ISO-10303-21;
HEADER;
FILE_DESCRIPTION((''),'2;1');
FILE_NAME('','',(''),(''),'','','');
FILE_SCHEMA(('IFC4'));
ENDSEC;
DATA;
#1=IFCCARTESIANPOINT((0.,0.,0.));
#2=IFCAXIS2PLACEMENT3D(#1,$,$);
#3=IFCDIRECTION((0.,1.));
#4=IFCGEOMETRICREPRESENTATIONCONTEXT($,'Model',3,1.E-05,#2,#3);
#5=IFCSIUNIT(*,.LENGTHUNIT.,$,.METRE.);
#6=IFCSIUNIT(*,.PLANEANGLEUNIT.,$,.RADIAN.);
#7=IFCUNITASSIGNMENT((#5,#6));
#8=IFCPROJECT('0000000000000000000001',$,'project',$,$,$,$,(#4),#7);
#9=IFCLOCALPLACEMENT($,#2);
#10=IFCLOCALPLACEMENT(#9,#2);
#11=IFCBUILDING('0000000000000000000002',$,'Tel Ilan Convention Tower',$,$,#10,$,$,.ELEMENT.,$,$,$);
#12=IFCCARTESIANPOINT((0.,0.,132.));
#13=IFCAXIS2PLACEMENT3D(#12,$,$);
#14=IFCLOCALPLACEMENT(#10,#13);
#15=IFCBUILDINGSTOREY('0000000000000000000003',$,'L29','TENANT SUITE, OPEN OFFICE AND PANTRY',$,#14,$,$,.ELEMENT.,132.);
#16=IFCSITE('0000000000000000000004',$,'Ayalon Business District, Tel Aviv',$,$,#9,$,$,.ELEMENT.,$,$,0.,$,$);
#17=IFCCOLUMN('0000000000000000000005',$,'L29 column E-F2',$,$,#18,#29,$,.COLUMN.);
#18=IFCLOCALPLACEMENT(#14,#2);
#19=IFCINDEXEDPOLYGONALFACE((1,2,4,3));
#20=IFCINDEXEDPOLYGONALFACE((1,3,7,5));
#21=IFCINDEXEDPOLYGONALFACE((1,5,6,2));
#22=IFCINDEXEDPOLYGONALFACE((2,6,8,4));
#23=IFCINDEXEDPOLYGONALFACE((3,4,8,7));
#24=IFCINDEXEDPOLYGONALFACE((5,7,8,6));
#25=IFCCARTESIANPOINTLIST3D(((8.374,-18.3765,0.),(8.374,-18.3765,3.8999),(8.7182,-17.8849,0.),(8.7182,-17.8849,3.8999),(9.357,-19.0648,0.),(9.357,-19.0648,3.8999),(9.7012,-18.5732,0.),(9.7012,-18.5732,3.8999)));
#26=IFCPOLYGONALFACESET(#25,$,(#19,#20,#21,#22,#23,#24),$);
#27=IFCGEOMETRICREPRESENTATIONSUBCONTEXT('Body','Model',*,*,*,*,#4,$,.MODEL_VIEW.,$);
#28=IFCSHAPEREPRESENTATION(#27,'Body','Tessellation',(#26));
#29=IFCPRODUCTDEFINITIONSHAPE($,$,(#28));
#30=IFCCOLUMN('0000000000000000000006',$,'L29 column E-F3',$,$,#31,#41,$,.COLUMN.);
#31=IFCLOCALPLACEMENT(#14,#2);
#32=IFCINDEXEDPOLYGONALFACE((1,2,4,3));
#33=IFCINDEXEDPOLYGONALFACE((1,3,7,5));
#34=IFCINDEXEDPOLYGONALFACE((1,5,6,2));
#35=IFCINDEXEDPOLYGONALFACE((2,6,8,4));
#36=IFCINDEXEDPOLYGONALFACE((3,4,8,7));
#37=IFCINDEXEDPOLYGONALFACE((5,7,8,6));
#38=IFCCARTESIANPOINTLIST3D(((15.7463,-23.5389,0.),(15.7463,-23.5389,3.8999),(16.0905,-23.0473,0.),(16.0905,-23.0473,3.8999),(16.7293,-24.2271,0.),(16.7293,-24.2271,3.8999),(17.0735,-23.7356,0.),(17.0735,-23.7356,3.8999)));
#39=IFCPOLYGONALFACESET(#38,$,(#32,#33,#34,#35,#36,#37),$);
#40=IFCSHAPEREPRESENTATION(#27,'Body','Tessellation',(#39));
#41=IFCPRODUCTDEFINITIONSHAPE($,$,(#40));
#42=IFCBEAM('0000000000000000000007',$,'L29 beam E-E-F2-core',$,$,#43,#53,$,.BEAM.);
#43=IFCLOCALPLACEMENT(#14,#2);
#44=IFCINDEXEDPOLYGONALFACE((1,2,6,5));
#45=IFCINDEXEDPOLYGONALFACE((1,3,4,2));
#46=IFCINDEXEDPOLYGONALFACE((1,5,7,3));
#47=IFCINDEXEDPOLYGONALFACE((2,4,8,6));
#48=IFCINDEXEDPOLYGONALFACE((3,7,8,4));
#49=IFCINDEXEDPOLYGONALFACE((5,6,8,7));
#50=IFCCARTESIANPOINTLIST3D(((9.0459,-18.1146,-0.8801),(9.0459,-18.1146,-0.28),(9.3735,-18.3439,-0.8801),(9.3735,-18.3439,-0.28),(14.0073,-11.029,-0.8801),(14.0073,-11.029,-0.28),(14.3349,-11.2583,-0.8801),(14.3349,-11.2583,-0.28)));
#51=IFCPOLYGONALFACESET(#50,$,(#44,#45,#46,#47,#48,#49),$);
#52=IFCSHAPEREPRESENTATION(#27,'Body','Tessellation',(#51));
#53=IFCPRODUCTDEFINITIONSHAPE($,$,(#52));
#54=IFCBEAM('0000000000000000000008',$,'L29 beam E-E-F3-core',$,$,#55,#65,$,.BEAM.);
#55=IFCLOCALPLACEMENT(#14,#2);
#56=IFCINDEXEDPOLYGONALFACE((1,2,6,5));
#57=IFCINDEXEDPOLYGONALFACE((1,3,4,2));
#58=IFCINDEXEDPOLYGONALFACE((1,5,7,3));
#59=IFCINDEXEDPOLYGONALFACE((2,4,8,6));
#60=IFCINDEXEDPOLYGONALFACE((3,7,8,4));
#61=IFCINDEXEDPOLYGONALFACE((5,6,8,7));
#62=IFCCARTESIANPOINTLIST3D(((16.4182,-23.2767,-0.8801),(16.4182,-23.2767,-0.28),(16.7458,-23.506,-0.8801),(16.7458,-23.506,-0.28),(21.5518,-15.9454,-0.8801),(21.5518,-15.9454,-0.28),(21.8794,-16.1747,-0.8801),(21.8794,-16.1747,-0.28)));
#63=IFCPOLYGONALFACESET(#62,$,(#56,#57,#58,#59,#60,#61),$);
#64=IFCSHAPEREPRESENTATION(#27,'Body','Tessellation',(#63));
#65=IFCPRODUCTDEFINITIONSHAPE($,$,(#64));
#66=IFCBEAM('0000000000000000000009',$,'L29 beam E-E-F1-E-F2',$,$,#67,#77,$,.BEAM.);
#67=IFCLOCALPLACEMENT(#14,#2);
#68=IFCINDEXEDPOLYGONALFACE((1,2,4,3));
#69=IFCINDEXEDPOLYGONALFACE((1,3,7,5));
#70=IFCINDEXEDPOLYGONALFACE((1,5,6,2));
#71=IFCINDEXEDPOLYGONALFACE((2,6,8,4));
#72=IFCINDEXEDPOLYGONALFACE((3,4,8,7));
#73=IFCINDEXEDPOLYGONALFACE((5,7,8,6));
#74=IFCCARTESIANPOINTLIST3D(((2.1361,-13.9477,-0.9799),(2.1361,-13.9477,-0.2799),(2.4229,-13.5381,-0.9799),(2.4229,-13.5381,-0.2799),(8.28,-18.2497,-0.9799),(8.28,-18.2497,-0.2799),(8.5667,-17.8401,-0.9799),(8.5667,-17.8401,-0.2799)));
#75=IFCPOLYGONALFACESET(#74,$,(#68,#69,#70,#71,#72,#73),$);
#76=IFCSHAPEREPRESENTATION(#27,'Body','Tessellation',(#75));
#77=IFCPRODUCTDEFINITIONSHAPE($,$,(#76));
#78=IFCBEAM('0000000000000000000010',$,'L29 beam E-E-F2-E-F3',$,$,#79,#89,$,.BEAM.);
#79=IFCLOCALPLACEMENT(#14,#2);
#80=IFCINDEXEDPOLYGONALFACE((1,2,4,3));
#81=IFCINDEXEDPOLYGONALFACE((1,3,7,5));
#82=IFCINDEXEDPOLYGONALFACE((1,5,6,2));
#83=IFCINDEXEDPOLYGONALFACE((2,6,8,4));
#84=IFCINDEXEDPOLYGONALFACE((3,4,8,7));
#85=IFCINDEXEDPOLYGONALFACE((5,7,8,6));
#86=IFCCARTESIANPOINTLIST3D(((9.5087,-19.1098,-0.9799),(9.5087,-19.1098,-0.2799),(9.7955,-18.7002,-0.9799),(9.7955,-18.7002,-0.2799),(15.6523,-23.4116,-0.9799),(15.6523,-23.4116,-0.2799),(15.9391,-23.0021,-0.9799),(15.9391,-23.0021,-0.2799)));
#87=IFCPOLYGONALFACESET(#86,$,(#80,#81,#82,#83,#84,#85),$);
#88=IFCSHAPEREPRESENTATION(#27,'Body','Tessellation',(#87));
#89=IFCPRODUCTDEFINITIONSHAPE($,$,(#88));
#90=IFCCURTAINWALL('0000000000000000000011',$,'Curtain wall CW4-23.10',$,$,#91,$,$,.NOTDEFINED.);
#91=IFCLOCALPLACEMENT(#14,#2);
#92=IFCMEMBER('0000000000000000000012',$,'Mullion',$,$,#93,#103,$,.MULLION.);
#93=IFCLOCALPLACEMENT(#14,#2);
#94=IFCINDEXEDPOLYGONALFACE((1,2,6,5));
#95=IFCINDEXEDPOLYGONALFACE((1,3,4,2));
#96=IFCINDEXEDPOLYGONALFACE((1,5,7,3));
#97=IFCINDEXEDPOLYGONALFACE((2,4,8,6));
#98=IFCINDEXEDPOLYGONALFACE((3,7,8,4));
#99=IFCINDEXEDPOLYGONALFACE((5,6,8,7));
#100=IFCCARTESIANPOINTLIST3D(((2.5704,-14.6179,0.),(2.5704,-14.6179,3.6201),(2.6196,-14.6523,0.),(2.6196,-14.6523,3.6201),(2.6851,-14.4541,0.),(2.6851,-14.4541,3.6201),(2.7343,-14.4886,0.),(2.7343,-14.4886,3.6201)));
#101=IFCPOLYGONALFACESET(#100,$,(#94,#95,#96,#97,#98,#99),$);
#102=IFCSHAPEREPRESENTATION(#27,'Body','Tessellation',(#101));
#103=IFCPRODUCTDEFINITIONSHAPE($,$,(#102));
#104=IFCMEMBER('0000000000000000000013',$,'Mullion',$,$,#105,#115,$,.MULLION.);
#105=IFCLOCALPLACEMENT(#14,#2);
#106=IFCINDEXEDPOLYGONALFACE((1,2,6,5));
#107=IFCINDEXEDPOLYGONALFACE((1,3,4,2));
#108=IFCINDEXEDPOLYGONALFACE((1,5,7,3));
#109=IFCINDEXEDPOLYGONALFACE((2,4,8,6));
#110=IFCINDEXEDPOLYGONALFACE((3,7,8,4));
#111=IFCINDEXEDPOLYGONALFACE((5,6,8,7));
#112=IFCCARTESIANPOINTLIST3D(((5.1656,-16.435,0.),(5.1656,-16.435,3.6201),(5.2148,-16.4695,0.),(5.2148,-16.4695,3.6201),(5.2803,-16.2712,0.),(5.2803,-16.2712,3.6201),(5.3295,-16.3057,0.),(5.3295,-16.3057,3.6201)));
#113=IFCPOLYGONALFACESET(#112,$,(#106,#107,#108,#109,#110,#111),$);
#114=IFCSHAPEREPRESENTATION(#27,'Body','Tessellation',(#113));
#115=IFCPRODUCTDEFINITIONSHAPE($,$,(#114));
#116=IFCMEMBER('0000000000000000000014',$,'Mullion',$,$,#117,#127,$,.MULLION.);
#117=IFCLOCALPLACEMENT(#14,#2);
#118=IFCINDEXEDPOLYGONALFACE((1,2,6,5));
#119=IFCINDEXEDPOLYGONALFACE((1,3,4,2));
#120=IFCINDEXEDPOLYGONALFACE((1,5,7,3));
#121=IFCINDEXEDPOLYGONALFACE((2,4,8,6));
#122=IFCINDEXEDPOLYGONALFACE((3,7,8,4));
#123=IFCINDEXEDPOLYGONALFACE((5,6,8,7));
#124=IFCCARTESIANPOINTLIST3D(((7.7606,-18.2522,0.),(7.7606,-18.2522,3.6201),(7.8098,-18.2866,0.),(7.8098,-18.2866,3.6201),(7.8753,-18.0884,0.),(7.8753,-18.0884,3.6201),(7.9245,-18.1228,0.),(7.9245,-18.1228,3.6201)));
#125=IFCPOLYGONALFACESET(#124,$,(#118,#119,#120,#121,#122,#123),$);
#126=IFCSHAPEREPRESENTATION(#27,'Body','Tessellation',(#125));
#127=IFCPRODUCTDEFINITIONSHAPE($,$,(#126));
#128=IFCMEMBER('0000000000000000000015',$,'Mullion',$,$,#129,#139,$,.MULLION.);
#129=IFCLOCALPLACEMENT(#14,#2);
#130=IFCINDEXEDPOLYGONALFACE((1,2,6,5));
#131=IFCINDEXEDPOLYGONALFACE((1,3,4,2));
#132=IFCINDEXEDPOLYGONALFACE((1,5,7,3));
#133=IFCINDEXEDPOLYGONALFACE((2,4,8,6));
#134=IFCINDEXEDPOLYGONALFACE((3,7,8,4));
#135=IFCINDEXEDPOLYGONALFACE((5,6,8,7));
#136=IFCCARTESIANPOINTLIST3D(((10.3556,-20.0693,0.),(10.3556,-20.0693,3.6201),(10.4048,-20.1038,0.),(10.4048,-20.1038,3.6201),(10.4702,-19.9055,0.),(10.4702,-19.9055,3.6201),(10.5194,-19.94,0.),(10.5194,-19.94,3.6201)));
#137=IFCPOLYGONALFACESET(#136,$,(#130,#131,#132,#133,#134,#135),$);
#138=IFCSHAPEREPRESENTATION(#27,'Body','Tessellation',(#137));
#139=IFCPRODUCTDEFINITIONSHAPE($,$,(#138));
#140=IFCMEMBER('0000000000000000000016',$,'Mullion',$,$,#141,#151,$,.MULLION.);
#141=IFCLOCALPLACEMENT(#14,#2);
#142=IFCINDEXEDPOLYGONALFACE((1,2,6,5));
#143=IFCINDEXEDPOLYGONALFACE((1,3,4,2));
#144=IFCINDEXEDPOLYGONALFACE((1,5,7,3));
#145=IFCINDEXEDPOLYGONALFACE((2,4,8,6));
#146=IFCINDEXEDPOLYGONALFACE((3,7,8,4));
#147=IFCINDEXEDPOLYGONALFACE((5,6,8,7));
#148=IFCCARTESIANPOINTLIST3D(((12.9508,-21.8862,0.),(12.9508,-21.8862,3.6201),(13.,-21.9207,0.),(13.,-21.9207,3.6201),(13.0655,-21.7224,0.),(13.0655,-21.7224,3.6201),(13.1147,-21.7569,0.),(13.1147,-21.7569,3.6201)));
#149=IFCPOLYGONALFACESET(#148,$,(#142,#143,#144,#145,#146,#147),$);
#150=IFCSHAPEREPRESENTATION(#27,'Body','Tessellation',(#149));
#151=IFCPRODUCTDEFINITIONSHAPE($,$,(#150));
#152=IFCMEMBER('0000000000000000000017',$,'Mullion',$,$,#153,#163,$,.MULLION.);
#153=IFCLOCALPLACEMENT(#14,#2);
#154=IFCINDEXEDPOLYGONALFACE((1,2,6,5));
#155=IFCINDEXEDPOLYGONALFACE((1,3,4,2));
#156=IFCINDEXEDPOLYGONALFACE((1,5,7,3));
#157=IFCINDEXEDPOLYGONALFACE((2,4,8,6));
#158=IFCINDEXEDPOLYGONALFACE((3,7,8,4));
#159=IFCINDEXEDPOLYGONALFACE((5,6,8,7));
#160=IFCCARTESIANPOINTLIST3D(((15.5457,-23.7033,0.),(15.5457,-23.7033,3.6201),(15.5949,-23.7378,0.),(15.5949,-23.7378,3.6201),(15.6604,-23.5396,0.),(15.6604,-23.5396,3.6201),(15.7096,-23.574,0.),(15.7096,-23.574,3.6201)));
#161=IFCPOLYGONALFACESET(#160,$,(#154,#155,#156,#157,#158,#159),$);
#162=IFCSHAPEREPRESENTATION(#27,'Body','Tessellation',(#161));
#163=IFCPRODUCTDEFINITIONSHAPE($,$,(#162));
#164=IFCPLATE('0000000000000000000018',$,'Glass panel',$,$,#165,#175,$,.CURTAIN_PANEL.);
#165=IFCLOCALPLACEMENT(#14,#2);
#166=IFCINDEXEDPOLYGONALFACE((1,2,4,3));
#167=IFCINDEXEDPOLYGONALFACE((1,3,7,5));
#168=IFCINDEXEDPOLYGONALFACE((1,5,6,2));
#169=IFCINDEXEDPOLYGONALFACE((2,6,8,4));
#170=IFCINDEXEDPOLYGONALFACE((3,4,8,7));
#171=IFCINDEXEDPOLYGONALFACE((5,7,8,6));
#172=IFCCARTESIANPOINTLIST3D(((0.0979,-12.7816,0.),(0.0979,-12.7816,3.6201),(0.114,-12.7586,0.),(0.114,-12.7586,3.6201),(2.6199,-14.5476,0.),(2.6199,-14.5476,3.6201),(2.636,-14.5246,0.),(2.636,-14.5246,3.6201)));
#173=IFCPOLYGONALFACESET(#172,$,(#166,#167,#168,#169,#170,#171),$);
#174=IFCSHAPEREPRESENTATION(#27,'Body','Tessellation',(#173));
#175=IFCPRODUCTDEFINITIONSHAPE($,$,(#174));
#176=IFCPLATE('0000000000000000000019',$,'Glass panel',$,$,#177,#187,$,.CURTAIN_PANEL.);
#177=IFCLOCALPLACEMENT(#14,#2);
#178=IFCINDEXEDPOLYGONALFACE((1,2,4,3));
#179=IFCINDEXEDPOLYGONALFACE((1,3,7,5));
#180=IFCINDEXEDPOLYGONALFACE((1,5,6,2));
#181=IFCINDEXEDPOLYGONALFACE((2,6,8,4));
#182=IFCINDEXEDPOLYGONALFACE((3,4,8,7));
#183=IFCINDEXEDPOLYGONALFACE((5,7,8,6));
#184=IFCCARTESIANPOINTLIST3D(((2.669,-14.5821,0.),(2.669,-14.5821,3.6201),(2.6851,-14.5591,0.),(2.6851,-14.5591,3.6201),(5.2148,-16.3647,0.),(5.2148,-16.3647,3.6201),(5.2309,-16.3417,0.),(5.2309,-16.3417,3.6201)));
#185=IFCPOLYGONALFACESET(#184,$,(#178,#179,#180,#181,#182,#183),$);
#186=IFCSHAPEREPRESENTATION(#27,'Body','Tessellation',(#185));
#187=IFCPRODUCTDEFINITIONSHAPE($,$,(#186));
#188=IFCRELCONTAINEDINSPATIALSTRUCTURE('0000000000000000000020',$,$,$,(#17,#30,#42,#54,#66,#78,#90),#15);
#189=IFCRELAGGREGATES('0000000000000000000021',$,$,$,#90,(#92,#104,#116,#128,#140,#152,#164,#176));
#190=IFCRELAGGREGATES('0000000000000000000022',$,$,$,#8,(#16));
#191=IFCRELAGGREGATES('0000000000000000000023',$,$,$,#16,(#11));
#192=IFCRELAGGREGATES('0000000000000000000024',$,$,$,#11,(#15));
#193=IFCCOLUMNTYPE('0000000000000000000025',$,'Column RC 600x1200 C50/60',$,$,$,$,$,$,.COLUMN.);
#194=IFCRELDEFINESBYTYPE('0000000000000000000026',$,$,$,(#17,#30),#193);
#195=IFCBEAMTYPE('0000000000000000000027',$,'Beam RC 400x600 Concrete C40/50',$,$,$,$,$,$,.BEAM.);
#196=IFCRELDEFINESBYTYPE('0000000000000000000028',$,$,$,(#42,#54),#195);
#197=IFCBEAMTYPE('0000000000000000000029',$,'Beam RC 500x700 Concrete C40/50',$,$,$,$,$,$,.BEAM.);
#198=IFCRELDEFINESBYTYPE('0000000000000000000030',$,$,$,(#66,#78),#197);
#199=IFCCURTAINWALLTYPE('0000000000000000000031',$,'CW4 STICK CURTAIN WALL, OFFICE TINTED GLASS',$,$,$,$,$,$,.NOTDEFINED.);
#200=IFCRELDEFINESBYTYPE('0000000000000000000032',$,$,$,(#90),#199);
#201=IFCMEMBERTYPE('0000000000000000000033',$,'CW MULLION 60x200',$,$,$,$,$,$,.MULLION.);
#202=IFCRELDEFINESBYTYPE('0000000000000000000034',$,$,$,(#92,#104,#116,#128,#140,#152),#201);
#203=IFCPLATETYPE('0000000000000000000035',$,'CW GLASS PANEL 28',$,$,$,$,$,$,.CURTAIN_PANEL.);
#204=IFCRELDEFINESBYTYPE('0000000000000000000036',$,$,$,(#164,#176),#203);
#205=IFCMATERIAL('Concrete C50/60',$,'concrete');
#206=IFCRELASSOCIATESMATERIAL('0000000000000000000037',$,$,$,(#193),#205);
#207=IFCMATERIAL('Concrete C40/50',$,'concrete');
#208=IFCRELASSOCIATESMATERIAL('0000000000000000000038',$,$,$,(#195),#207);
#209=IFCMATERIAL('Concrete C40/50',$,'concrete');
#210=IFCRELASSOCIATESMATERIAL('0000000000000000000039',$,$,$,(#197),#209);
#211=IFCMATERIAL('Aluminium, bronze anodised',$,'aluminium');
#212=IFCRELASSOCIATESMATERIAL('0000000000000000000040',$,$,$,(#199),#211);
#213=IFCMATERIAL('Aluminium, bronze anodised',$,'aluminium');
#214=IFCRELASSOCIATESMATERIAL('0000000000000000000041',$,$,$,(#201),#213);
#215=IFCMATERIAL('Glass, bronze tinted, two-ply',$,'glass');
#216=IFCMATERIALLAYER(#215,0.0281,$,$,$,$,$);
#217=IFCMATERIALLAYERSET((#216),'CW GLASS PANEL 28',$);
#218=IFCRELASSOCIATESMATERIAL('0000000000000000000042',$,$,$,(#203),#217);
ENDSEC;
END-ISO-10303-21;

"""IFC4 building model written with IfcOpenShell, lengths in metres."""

from ifc_helpers import new_model, si_unit, direction, frame, origin, origin_2d, place, context, subcontext, project, spatial, rectangle, extrude, material, layer, layer_set, material_profile, profile_set, type_object, element, aggregate, save


model = new_model("IFC4")

# Units and contexts
model_context = context("Model", 3, precision=1e-05, world=origin(), true_north=direction((0.0, 1.0)))
body_context = subcontext(model_context, "Body", "Model", "MODEL_VIEW")
ifc_project = project(units=[si_unit("LENGTHUNIT", "METRE"), si_unit("PLANEANGLEUNIT", "RADIAN")], contexts=[model_context])

# Site, building, storey
site_placement = place(None, origin())
site = spatial("IfcSite", under=ifc_project, at=site_placement, Name="Ayalon Business District, Tel Aviv", CompositionType="ELEMENT", RefElevation=0.0)
building_placement = place(site_placement, origin())
building = spatial("IfcBuilding", under=site, at=building_placement, Name="Tel Ilan Convention Tower", CompositionType="ELEMENT")
storey_placement = place(building_placement, frame((0.0, 0.0, 132.0)))
storey = spatial("IfcBuildingStorey", under=building, at=storey_placement, Name="L29", Description="TENANT SUITE, OPEN OFFICE AND PANTRY", CompositionType="ELEMENT", Elevation=132.0)

# Columns
ifc_material_1 = material(Name="Concrete C50/60", Category="concrete")
ifc_material_profile_1 = material_profile(ifc_material_1, rectangle(XDim=1.2, YDim=0.6001, at=origin_2d()), Name="RC 600x1200")
ifc_profile_set_1 = profile_set([ifc_material_profile_1], Name="Concrete C50/60")
column_type = type_object("IfcColumnType", Name="Column RC 600x1200 C50/60", PredefinedType="COLUMN", material=ifc_profile_set_1)
for number, where, z_axis, x_axis, name in (
    (1, (9.0376, -18.4749, 0.0), (0.0, 0.0, 1.0), (0.819152, -0.573576, 0.0), "L29 column E-F2"),
    (2, (16.4099, -23.6372, 0.0), (0.0, 0.0, 1.0), (0.819152, -0.573576, 0.0), "L29 column E-F3"),
):
    element("IfcColumn", number, at=place(storey_placement, frame(where, z_axis=z_axis, x_axis=x_axis)), inside=storey, type_object=column_type, Name=name, PredefinedType="COLUMN", context=body_context, shape_type="SweptSolid", body=[
        extrude(rectangle(XDim=1.2, YDim=0.6001, at=origin_2d()), origin(), (0.0, 0.0, 1.0), 3.8999),
    ])

# Beams
ifc_material_2 = material(Name="Concrete C40/50", Category="concrete")
ifc_material_profile_2 = material_profile(ifc_material_2, rectangle(XDim=0.3999, YDim=0.6001, at=origin_2d()), Name="RC 400x600")
ifc_profile_set_2 = profile_set([ifc_material_profile_2], Name="Concrete C40/50")
beam_type_1 = type_object("IfcBeamType", Name="Beam RC 400x600 Concrete C40/50", PredefinedType="BEAM", material=ifc_profile_set_2)
beam_1_placement = place(storey_placement, frame((9.2097, -18.2292, -0.5801), z_axis=(0.573574, 0.819154, 0.0), x_axis=(-0.819154, 0.573574, 0.0)))
element("IfcBeam", 3, at=beam_1_placement, inside=storey, type_object=beam_type_1, Name="L29 beam E-E-F2-core", PredefinedType="BEAM", context=body_context, shape_type="SweptSolid", body=[
    extrude(rectangle(XDim=0.3999, YDim=0.6001, at=origin_2d()), origin(), (0.0, 0.0, 1.0), 8.6499),
])
beam_2_placement = place(storey_placement, frame((16.582, -23.3914, -0.5801), z_axis=(0.573585, 0.819146, 0.0), x_axis=(-0.819146, 0.573585, 0.0)))
element("IfcBeam", 4, at=beam_2_placement, inside=storey, type_object=beam_type_1, Name="L29 beam E-E-F3-core", PredefinedType="BEAM", context=body_context, shape_type="SweptSolid", body=[
    extrude(rectangle(XDim=0.3999, YDim=0.6001, at=origin_2d()), origin(), (0.0, 0.0, 1.0), 8.95),
])
ifc_material_3 = material(Name="Concrete C40/50", Category="concrete")
ifc_material_profile_3 = material_profile(ifc_material_3, rectangle(XDim=0.5, YDim=0.7, at=origin_2d()), Name="RC 500x700")
ifc_profile_set_3 = profile_set([ifc_material_profile_3], Name="Concrete C40/50")
beam_type_2 = type_object("IfcBeamType", Name="Beam RC 500x700 Concrete C40/50", PredefinedType="BEAM", material=ifc_profile_set_3)
beam_3_placement = place(storey_placement, frame((2.2795, -13.7429, -0.6299), z_axis=(0.819148, -0.573582, 0.0), x_axis=(0.573582, 0.819148, 0.0)))
element("IfcBeam", 5, at=beam_3_placement, inside=storey, type_object=beam_type_2, Name="L29 beam E-E-F1-E-F2", PredefinedType="BEAM", context=body_context, shape_type="SweptSolid", body=[
    extrude(rectangle(XDim=0.5, YDim=0.7, at=origin_2d()), origin(), (0.0, 0.0, 1.0), 7.5002),
])
beam_4_placement = place(storey_placement, frame((9.6521, -18.905, -0.6299), z_axis=(0.819152, -0.573576, 0.0), x_axis=(0.573576, 0.819152, 0.0)))
element("IfcBeam", 6, at=beam_4_placement, inside=storey, type_object=beam_type_2, Name="L29 beam E-E-F2-E-F3", PredefinedType="BEAM", context=body_context, shape_type="SweptSolid", body=[
    extrude(rectangle(XDim=0.5, YDim=0.7, at=origin_2d()), origin(), (0.0, 0.0, 1.0), 7.5),
])

# Curtain wall, members, plates
ifc_material_4 = material(Name="Aluminium, bronze anodised", Category="aluminium")
curtain_wall_type = type_object("IfcCurtainWallType", Name="CW4 STICK CURTAIN WALL, OFFICE TINTED GLASS", PredefinedType="NOTDEFINED", material=ifc_material_4)
curtain_wall_placement = place(storey_placement, origin())
curtain_wall = element("IfcCurtainWall", 7, at=curtain_wall_placement, inside=storey, type_object=curtain_wall_type, Name="Curtain wall CW4-23.10", PredefinedType="NOTDEFINED")
ifc_material_5 = material(Name="Aluminium, bronze anodised", Category="aluminium")
ifc_material_profile_4 = material_profile(ifc_material_5, rectangle(XDim=0.0601, YDim=0.2, at=origin_2d()), Name="CW MULLION 60x200")
ifc_profile_set_4 = profile_set([ifc_material_profile_4], Name="Aluminium, bronze anodised")
member_type = type_object("IfcMemberType", Name="CW MULLION 60x200", PredefinedType="MULLION", material=ifc_profile_set_4)
member_1_placement = place(storey_placement, frame((2.6523, -14.5532, 0.0), z_axis=(0.0, 0.0, 1.0), x_axis=(0.819152, -0.573576, 0.0)))
member_1 = element("IfcMember", 8, at=member_1_placement, type_object=member_type, Name="Mullion", PredefinedType="MULLION", context=body_context, shape_type="SweptSolid", body=[
    extrude(rectangle(XDim=0.0601, YDim=0.2, at=origin_2d()), origin(), (0.0, 0.0, 1.0), 3.6201),
])
member_2_placement = place(storey_placement, frame((5.2476, -16.3704, 0.0), z_axis=(0.0, 0.0, 1.0), x_axis=(0.819152, -0.573576, 0.0)))
member_2 = element("IfcMember", 9, at=member_2_placement, type_object=member_type, Name="Mullion", PredefinedType="MULLION", context=body_context, shape_type="SweptSolid", body=[
    extrude(rectangle(XDim=0.0601, YDim=0.2, at=origin_2d()), origin(), (0.0, 0.0, 1.0), 3.6201),
])
member_3_placement = place(storey_placement, frame((7.8425, -18.1875, 0.0), z_axis=(0.0, 0.0, 1.0), x_axis=(0.819152, -0.573576, 0.0)))
member_3 = element("IfcMember", 10, at=member_3_placement, type_object=member_type, Name="Mullion", PredefinedType="MULLION", context=body_context, shape_type="SweptSolid", body=[
    extrude(rectangle(XDim=0.0601, YDim=0.2, at=origin_2d()), origin(), (0.0, 0.0, 1.0), 3.6201),
])
member_4_placement = place(storey_placement, frame((10.4375, -20.0046, 0.0), z_axis=(0.0, 0.0, 1.0), x_axis=(0.819152, -0.573576, 0.0)))
member_4 = element("IfcMember", 11, at=member_4_placement, type_object=member_type, Name="Mullion", PredefinedType="MULLION", context=body_context, shape_type="SweptSolid", body=[
    extrude(rectangle(XDim=0.0601, YDim=0.2, at=origin_2d()), origin(), (0.0, 0.0, 1.0), 3.6201),
])
member_5_placement = place(storey_placement, frame((13.0327, -21.8215, 0.0), z_axis=(0.0, 0.0, 1.0), x_axis=(0.819152, -0.573576, 0.0)))
member_5 = element("IfcMember", 12, at=member_5_placement, type_object=member_type, Name="Mullion", PredefinedType="MULLION", context=body_context, shape_type="SweptSolid", body=[
    extrude(rectangle(XDim=0.0601, YDim=0.2, at=origin_2d()), origin(), (0.0, 0.0, 1.0), 3.6201),
])
member_6_placement = place(storey_placement, frame((15.6277, -23.6387, 0.0), z_axis=(0.0, 0.0, 1.0), x_axis=(0.819152, -0.573576, 0.0)))
member_6 = element("IfcMember", 13, at=member_6_placement, type_object=member_type, Name="Mullion", PredefinedType="MULLION", context=body_context, shape_type="SweptSolid", body=[
    extrude(rectangle(XDim=0.0601, YDim=0.2, at=origin_2d()), origin(), (0.0, 0.0, 1.0), 3.6201),
])
ifc_material_6 = material(Name="Glass, bronze tinted, two-ply", Category="glass")
ifc_layer_1 = layer(ifc_material_6, 0.0281)
ifc_layer_set_1 = layer_set([ifc_layer_1], Name="CW GLASS PANEL 28")
plate_type = type_object("IfcPlateType", Name="CW GLASS PANEL 28", PredefinedType="CURTAIN_PANEL", material=ifc_layer_set_1)
plate_1_placement = place(storey_placement, frame((1.3669, -13.6531, 0.0), z_axis=(0.0, 0.0, 1.0), x_axis=(0.819152, -0.573576, 0.0)))
plate_1 = element("IfcPlate", 14, at=plate_1_placement, type_object=plate_type, Name="Glass panel", PredefinedType="CURTAIN_PANEL", context=body_context, shape_type="SweptSolid", body=[
    extrude(rectangle(XDim=3.0789, YDim=0.0281, at=origin_2d()), origin(), (0.0, 0.0, 1.0), 3.6201),
])
plate_2_placement = place(storey_placement, frame((3.95, -15.4619, 0.0), z_axis=(0.0, 0.0, 1.0), x_axis=(0.819152, -0.573576, 0.0)))
plate_2 = element("IfcPlate", 15, at=plate_2_placement, type_object=plate_type, Name="Glass panel", PredefinedType="CURTAIN_PANEL", context=body_context, shape_type="SweptSolid", body=[
    extrude(rectangle(XDim=3.1079, YDim=0.0281, at=origin_2d()), origin(), (0.0, 0.0, 1.0), 3.6201),
])
aggregate(curtain_wall, [member_1, member_2, member_3, member_4, member_5, member_6, plate_1, plate_2])

save(model, "model.ifc")
